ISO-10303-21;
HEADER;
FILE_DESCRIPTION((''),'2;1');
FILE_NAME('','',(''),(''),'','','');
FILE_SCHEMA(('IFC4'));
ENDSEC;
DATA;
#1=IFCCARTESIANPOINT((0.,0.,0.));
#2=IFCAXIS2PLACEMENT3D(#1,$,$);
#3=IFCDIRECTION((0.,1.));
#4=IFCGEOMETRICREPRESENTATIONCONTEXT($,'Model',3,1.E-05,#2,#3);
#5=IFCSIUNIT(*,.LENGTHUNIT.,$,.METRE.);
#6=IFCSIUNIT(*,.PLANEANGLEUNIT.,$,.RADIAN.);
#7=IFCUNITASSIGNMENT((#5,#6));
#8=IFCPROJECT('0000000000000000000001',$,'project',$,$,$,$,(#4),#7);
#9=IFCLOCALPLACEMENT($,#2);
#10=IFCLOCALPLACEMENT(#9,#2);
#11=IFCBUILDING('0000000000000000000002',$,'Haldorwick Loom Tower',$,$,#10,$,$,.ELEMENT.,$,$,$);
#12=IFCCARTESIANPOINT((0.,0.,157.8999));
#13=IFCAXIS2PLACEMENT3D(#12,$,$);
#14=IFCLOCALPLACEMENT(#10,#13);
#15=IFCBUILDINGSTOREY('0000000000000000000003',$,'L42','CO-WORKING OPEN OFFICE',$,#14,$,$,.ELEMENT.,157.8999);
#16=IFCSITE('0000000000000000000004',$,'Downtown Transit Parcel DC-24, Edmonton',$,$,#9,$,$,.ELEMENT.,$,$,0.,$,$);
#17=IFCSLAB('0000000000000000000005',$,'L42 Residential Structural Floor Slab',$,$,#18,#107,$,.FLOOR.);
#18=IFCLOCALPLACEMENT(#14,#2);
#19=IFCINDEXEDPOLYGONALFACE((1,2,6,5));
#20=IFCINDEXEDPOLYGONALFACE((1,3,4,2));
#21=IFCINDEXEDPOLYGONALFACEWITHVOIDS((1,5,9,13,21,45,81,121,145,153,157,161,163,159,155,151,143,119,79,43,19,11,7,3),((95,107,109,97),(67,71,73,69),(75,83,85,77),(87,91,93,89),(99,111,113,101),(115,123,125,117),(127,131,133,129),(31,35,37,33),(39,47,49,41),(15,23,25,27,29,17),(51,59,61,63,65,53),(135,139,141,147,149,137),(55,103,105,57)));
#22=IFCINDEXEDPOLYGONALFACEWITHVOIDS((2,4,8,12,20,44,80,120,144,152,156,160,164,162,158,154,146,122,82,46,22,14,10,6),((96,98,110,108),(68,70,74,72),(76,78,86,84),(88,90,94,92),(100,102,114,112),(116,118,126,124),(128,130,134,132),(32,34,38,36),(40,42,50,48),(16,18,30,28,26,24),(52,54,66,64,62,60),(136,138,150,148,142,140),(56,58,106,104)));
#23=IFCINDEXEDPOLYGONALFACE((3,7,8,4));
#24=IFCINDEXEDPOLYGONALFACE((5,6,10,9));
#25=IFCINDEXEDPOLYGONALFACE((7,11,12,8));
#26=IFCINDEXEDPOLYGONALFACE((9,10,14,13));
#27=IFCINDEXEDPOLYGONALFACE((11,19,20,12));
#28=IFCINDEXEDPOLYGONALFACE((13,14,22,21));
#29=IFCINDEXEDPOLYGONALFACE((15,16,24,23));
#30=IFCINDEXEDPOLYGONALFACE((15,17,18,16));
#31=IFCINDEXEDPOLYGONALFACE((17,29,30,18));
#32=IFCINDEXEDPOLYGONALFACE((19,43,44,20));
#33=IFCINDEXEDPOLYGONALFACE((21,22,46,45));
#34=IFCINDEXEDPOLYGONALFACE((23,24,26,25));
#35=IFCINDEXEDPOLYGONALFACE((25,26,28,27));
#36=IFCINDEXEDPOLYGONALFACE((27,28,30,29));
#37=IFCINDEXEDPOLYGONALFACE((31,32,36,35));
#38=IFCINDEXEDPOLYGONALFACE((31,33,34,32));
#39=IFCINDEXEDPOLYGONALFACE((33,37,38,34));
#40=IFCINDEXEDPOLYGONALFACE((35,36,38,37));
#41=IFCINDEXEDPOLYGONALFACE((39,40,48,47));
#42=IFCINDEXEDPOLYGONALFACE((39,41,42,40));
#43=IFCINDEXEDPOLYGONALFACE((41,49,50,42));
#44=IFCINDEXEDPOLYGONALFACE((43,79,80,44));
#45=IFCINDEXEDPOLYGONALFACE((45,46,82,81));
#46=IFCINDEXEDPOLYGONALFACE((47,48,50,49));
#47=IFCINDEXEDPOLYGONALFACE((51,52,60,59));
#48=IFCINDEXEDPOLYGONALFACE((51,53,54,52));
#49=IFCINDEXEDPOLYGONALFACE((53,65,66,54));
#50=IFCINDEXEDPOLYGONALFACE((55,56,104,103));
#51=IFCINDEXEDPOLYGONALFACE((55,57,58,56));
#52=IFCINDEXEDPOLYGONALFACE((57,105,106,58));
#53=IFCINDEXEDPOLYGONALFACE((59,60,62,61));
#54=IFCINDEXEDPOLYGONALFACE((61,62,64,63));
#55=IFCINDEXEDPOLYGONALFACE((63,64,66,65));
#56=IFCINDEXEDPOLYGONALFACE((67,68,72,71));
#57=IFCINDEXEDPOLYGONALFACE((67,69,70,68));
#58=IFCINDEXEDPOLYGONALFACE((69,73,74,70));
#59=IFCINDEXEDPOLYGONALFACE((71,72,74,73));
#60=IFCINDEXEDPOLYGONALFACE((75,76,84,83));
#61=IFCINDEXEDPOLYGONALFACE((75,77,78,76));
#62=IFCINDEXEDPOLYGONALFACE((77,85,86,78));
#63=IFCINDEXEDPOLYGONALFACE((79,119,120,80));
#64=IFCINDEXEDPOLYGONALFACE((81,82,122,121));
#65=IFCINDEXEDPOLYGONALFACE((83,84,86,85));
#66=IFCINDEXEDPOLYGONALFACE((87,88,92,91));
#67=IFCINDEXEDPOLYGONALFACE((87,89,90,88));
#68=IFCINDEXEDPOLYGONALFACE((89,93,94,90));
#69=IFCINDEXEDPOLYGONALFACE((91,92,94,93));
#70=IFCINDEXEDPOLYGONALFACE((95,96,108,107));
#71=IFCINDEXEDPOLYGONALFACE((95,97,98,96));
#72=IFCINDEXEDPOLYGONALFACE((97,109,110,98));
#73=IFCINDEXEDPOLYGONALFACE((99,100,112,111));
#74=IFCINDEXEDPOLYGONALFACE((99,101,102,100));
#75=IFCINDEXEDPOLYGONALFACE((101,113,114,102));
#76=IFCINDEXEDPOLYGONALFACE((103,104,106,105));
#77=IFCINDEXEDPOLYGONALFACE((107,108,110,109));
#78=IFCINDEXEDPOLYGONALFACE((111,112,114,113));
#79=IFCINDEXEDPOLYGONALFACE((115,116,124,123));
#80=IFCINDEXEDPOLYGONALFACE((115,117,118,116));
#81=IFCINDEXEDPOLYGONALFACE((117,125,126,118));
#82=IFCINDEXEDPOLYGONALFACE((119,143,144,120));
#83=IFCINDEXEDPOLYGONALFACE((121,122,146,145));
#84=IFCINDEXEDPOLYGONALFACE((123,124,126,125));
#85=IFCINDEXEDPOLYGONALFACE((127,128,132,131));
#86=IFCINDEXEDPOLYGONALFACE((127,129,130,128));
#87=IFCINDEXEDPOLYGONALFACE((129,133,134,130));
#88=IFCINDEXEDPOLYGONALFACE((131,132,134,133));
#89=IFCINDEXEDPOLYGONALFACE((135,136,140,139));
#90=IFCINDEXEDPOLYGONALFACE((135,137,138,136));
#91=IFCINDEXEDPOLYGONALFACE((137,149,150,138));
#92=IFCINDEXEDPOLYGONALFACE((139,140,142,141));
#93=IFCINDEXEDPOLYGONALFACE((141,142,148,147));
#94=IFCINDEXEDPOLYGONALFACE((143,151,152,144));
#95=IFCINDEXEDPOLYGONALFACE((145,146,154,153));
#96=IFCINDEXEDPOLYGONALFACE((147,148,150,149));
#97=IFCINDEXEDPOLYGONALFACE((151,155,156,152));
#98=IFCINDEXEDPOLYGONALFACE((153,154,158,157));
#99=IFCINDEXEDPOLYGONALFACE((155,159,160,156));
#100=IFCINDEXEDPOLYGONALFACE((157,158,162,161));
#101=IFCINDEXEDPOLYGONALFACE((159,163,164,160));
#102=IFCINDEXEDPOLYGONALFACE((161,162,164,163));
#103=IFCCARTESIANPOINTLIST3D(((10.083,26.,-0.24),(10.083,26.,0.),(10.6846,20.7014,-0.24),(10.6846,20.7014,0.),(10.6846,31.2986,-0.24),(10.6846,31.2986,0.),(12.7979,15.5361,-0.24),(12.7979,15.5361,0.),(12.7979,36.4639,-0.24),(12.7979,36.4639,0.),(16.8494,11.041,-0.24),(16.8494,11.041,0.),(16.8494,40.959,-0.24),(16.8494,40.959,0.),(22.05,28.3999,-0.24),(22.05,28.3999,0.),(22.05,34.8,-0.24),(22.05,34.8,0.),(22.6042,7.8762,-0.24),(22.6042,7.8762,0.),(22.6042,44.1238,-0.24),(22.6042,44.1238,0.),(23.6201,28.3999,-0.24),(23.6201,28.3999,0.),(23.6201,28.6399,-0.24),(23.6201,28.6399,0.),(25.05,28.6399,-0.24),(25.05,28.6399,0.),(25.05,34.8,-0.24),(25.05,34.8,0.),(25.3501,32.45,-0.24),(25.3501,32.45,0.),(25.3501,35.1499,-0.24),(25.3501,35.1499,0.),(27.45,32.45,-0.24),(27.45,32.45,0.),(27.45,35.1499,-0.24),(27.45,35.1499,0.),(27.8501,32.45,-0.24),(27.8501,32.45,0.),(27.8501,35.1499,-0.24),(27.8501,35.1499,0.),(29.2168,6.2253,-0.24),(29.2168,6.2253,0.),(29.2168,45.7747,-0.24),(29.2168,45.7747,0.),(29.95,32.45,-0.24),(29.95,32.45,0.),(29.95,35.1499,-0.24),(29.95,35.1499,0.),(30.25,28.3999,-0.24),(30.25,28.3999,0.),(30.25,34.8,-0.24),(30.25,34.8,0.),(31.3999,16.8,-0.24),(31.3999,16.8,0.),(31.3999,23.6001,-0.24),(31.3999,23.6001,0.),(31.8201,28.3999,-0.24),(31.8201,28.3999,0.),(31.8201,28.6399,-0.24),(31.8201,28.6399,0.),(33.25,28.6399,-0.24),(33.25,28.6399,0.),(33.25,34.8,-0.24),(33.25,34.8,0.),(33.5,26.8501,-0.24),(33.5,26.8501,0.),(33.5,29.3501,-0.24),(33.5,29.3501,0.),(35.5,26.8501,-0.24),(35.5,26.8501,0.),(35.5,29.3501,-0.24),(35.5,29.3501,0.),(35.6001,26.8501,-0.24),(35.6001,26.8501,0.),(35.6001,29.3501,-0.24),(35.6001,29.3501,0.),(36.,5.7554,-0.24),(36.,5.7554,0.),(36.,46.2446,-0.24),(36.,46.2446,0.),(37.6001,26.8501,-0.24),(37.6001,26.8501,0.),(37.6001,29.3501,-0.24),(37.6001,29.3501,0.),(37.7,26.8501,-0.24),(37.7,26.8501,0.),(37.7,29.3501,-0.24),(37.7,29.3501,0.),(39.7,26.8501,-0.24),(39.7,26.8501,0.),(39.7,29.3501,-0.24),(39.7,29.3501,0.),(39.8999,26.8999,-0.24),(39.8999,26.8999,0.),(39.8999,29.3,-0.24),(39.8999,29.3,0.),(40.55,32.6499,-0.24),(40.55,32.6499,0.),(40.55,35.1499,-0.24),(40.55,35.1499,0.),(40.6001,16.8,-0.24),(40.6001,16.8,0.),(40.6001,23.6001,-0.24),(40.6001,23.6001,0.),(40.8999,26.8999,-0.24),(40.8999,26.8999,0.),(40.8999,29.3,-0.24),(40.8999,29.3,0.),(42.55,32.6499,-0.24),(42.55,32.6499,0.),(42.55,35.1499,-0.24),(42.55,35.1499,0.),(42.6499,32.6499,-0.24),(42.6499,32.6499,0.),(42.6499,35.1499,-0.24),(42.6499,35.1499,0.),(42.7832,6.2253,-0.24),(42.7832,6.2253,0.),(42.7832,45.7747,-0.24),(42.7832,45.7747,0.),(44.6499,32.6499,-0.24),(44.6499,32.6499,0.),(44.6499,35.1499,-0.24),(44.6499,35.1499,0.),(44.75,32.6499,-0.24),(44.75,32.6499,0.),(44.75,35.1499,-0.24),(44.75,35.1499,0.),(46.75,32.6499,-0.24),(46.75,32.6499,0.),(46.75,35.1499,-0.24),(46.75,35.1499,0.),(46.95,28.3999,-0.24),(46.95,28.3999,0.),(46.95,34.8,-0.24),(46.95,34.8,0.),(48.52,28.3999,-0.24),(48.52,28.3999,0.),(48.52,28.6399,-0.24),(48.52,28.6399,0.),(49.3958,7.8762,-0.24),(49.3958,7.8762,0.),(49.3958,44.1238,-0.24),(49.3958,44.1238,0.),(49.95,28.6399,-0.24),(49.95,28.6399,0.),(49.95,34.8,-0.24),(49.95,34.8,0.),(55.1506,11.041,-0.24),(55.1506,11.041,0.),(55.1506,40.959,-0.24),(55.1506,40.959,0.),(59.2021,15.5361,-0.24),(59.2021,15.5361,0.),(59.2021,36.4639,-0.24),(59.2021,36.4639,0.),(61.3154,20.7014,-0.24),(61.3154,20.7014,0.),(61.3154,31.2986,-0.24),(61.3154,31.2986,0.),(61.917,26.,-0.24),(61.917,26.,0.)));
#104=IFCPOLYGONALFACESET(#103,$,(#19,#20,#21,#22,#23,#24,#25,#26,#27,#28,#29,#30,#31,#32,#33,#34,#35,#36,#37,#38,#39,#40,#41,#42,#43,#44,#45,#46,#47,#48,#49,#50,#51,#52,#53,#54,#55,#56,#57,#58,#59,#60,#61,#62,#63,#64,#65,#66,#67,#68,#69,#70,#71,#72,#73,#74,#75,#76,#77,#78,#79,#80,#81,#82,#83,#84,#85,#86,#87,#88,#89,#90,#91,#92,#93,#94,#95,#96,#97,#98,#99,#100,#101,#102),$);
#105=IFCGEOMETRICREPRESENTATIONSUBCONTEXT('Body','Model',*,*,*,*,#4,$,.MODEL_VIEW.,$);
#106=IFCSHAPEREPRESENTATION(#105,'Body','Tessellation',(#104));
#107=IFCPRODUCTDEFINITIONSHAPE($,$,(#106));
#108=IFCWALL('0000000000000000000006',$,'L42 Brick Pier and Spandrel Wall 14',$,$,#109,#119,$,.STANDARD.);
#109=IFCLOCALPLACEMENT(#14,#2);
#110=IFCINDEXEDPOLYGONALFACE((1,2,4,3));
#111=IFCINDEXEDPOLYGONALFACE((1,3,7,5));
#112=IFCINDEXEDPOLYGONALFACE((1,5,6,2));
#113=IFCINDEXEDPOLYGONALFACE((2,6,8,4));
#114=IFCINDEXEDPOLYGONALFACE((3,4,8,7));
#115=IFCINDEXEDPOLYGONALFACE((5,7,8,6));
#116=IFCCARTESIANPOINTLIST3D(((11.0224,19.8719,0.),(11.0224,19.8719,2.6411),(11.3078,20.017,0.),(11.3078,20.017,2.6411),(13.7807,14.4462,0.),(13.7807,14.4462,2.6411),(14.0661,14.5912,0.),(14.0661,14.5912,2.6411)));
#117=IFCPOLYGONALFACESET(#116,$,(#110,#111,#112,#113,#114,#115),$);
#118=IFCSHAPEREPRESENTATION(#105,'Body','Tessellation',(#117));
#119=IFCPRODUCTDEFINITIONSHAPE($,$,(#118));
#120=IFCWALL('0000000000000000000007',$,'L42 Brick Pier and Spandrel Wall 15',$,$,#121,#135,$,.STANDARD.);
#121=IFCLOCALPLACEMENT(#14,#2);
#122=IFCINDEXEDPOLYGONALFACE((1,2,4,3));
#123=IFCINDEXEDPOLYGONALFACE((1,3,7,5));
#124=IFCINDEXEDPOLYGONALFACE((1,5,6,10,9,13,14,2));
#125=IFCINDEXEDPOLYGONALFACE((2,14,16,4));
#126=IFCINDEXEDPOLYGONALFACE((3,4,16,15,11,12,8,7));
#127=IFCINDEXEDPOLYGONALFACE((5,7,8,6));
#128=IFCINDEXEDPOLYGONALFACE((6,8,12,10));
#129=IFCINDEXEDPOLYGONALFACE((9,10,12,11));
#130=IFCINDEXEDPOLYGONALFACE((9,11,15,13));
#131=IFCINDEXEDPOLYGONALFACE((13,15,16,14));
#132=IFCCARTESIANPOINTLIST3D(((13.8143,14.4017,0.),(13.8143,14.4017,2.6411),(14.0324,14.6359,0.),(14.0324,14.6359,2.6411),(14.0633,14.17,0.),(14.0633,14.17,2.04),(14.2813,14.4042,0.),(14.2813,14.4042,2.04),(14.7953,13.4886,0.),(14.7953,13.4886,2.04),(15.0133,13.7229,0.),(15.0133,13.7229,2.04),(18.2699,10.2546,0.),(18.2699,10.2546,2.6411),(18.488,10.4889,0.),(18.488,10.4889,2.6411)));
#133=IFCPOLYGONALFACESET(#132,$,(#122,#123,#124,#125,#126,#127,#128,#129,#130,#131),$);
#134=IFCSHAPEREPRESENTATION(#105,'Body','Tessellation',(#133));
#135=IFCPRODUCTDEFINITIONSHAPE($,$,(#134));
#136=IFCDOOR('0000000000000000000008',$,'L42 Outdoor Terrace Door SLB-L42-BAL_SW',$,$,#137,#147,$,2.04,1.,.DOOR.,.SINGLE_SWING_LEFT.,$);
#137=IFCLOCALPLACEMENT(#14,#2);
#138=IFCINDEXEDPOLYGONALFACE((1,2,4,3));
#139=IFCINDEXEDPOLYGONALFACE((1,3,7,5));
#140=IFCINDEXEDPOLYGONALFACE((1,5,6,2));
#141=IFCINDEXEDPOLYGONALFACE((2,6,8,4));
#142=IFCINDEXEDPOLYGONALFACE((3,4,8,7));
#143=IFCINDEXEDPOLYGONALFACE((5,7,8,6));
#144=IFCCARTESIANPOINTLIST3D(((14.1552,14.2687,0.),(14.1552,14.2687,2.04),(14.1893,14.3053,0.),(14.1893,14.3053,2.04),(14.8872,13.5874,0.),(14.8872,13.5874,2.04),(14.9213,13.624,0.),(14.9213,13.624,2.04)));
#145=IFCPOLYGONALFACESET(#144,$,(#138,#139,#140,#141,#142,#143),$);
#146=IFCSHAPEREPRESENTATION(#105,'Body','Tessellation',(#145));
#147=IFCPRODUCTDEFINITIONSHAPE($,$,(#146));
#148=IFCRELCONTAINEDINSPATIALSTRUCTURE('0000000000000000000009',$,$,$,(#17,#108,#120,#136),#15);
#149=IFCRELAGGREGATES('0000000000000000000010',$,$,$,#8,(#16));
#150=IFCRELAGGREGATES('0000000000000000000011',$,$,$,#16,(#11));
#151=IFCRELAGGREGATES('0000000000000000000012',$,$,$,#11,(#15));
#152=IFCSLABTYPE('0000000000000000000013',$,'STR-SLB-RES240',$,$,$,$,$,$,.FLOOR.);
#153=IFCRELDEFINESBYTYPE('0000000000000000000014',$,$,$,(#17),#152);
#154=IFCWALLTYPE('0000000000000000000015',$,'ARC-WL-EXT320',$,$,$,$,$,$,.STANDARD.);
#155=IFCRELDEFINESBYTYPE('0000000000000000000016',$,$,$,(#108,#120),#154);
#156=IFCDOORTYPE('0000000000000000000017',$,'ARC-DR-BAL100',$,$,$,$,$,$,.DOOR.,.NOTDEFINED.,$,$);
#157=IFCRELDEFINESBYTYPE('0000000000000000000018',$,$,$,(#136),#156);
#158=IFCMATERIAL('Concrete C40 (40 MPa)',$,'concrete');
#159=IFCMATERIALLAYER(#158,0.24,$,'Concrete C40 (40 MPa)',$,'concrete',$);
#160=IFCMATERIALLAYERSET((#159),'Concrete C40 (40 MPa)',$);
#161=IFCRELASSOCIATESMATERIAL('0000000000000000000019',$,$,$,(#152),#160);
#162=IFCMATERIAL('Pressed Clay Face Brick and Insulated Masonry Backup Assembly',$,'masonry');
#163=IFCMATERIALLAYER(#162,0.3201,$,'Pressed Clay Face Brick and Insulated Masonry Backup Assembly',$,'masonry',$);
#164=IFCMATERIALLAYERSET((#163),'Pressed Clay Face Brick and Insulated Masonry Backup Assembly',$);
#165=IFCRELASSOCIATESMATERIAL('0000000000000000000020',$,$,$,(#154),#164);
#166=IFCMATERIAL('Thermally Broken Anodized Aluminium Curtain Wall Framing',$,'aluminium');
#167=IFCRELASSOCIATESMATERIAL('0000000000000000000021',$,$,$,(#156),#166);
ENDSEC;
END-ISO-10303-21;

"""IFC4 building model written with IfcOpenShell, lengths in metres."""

from ifc_helpers import new_model, si_unit, direction, frame, frame_2d, origin, place, context, subcontext, project, spatial, polyline, rectangle, outline, extrude, material, layer, layer_set, type_object, element, fill, save


model = new_model("IFC4")

# Units and contexts
model_context = context("Model", 3, precision=1e-05, world=origin(), true_north=direction((0.0, 1.0)))
body_context = subcontext(model_context, "Body", "Model", "MODEL_VIEW")
ifc_project = project(units=[si_unit("LENGTHUNIT", "METRE"), si_unit("PLANEANGLEUNIT", "RADIAN")], contexts=[model_context])

# Site, building, storey
site_placement = place(None, origin())
site = spatial("IfcSite", under=ifc_project, at=site_placement, Name="Downtown Transit Parcel DC-24, Edmonton", CompositionType="ELEMENT", RefElevation=0.0)
building_placement = place(site_placement, origin())
building = spatial("IfcBuilding", under=site, at=building_placement, Name="Haldorwick Loom Tower", CompositionType="ELEMENT")
storey_placement = place(building_placement, frame((0.0, 0.0, 157.8999)))
storey = spatial("IfcBuildingStorey", under=building, at=storey_placement, Name="L42", Description="CO-WORKING OPEN OFFICE", CompositionType="ELEMENT", Elevation=157.8999)

# Shared definitions
ifc_material_1 = material(Name="Concrete C40 (40 MPa)", Category="concrete")

# Slab
ifc_layer_1 = layer(ifc_material_1, 0.24, Name="Concrete C40 (40 MPa)", Category="concrete")
ifc_layer_set_1 = layer_set([ifc_layer_1], Name="Concrete C40 (40 MPa)")
slab_type_1 = type_object("IfcSlabType", Name="STR-SLB-RES240", PredefinedType="FLOOR", material=ifc_layer_set_1)
slab_1_placement = place(storey_placement, frame((0.0, 0.0, -0.24)))
element("IfcSlab", 1, at=slab_1_placement, inside=storey, type_object=slab_type_1, Name="L42 Residential Structural Floor Slab", PredefinedType="FLOOR", context=body_context, shape_type="SweptSolid", body=[
    extrude(outline(polyline([(55.1506, 11.041), (59.2021, 15.5361), (61.3154, 20.7014), (61.917, 26.0), (61.3154, 31.2986), (59.2021, 36.4639), (55.1506, 40.959), (49.3958, 44.1238), (42.7832, 45.7747), (36.0, 46.2446), (29.2168, 45.7747), (22.6042, 44.1238), (16.8494, 40.959), (12.7979, 36.4639), (10.6846, 31.2986), (10.083, 26.0), (10.6846, 20.7014), (12.7979, 15.5361), (16.8494, 11.041), (22.6042, 7.8762), (29.2168, 6.2253), (36.0, 5.7554), (42.7832, 6.2253), (49.3958, 7.8762), (55.1506, 11.041)]), holes=[polyline([(31.3999, 16.8), (31.3999, 23.6001), (40.6001, 23.6001), (40.6001, 16.8), (31.3999, 16.8)]), polyline([(33.5, 26.8501), (33.5, 29.3501), (35.5, 29.3501), (35.5, 26.8501), (33.5, 26.8501)]), polyline([(35.6001, 26.8501), (35.6001, 29.3501), (37.6001, 29.3501), (37.6001, 26.8501), (35.6001, 26.8501)]), polyline([(23.6201, 28.3999), (22.05, 28.3999), (22.05, 34.8), (25.05, 34.8), (25.05, 28.6399), (23.6201, 28.6399), (23.6201, 28.3999)]), polyline([(30.25, 28.3999), (30.25, 34.8), (33.25, 34.8), (33.25, 28.6399), (31.8201, 28.6399), (31.8201, 28.3999), (30.25, 28.3999)]), polyline([(25.3501, 32.45), (25.3501, 35.1499), (27.45, 35.1499), (27.45, 32.45), (25.3501, 32.45)]), polyline([(29.95, 32.45), (27.8501, 32.45), (27.8501, 35.1499), (29.95, 35.1499), (29.95, 32.45)]), polyline([(37.7, 26.8501), (37.7, 29.3501), (39.7, 29.3501), (39.7, 26.8501), (37.7, 26.8501)]), polyline([(39.8999, 26.8999), (39.8999, 29.3), (40.8999, 29.3), (40.8999, 26.8999), (39.8999, 26.8999)]), polyline([(46.95, 28.3999), (46.95, 34.8), (49.95, 34.8), (49.95, 28.6399), (48.52, 28.6399), (48.52, 28.3999), (46.95, 28.3999)]), polyline([(40.55, 32.6499), (40.55, 35.1499), (42.55, 35.1499), (42.55, 32.6499), (40.55, 32.6499)]), polyline([(42.6499, 32.6499), (42.6499, 35.1499), (44.6499, 35.1499), (44.6499, 32.6499), (42.6499, 32.6499)]), polyline([(44.75, 32.6499), (44.75, 35.1499), (46.75, 35.1499), (46.75, 32.6499), (44.75, 32.6499)])]), origin(), (0.0, 0.0, 1.0), 0.24),
])

# Wall
ifc_material_2 = material(Name="Pressed Clay Face Brick and Insulated Masonry Backup Assembly", Category="masonry")
ifc_layer_2 = layer(ifc_material_2, 0.3201, Name="Pressed Clay Face Brick and Insulated Masonry Backup Assembly", Category="masonry")
ifc_layer_set_2 = layer_set([ifc_layer_2], Name="Pressed Clay Face Brick and Insulated Masonry Backup Assembly")
wall_type_1 = type_object("IfcWallType", Name="ARC-WL-EXT320", PredefinedType="STANDARD", material=ifc_layer_set_2)
wall_1_placement = place(storey_placement, frame((11.165, 19.9446, 0.0), z_axis=(0.0, 0.0, 1.0), x_axis=(0.453172, -0.891423, 0.0)))
element("IfcWall", 2, at=wall_1_placement, inside=storey, type_object=wall_type_1, Name="L42 Brick Pier and Spandrel Wall 14", PredefinedType="STANDARD", context=body_context, shape_type="SweptSolid", body=[
    extrude(rectangle(XDim=6.0867, YDim=0.3201, at=frame_2d((3.0435, 0.0))), origin(), (0.0, 0.0, 1.0), 2.6411),
])

# Wall, opening, door
wall_2_placement = place(storey_placement, frame((13.9233, 14.5188, 0.0), z_axis=(0.0, 0.0, 1.0), x_axis=(0.732002, -0.681303, 0.0)))
wall_2 = element("IfcWall", 3, at=wall_2_placement, inside=storey, type_object=wall_type_1, Name="L42 Brick Pier and Spandrel Wall 15", PredefinedType="STANDARD", context=body_context, shape_type="SweptSolid", body=[
    extrude(rectangle(XDim=6.0869, YDim=0.3201, at=frame_2d((3.0435, 0.0))), origin(), (0.0, 0.0, 1.0), 2.6411),
])
opening_1_placement = place(wall_2_placement, frame((0.3401, 0.0, 0.0)))
opening_1 = element("IfcOpeningElement", 4, at=opening_1_placement, cuts=wall_2, PredefinedType="OPENING", context=body_context, shape_type="SweptSolid", body=[
    extrude(rectangle(XDim=1.0, YDim=2.04, at=frame_2d((0.5, 1.02))), frame((0.0, 0.1699, 0.0), z_axis=(0.0, -1.0, 0.0), x_axis=(1.0, 0.0, 0.0)), (0.0, 0.0, 1.0), 0.3401),
])
ifc_material_3 = material(Name="Thermally Broken Anodized Aluminium Curtain Wall Framing", Category="aluminium")
door_type_1 = type_object("IfcDoorType", Name="ARC-DR-BAL100", OperationType="NOTDEFINED", PredefinedType="DOOR", material=ifc_material_3)
door_1_placement = place(opening_1_placement, origin())
door_1 = element("IfcDoor", 5, at=door_1_placement, inside=storey, type_object=door_type_1, Name="L42 Outdoor Terrace Door SLB-L42-BAL_SW", OperationType="SINGLE_SWING_LEFT", OverallHeight=2.04, OverallWidth=1.0, PredefinedType="DOOR", context=body_context, shape_type="SweptSolid", body=[
    extrude(rectangle(XDim=1.0, YDim=2.04, at=frame_2d((0.5, 1.02))), frame((0.0, 0.0249, 0.0), z_axis=(0.0, -1.0, 0.0), x_axis=(1.0, 0.0, 0.0)), (0.0, 0.0, 1.0), 0.05),
])
fill(opening_1, door_1)

save(model, "model.ifc")
